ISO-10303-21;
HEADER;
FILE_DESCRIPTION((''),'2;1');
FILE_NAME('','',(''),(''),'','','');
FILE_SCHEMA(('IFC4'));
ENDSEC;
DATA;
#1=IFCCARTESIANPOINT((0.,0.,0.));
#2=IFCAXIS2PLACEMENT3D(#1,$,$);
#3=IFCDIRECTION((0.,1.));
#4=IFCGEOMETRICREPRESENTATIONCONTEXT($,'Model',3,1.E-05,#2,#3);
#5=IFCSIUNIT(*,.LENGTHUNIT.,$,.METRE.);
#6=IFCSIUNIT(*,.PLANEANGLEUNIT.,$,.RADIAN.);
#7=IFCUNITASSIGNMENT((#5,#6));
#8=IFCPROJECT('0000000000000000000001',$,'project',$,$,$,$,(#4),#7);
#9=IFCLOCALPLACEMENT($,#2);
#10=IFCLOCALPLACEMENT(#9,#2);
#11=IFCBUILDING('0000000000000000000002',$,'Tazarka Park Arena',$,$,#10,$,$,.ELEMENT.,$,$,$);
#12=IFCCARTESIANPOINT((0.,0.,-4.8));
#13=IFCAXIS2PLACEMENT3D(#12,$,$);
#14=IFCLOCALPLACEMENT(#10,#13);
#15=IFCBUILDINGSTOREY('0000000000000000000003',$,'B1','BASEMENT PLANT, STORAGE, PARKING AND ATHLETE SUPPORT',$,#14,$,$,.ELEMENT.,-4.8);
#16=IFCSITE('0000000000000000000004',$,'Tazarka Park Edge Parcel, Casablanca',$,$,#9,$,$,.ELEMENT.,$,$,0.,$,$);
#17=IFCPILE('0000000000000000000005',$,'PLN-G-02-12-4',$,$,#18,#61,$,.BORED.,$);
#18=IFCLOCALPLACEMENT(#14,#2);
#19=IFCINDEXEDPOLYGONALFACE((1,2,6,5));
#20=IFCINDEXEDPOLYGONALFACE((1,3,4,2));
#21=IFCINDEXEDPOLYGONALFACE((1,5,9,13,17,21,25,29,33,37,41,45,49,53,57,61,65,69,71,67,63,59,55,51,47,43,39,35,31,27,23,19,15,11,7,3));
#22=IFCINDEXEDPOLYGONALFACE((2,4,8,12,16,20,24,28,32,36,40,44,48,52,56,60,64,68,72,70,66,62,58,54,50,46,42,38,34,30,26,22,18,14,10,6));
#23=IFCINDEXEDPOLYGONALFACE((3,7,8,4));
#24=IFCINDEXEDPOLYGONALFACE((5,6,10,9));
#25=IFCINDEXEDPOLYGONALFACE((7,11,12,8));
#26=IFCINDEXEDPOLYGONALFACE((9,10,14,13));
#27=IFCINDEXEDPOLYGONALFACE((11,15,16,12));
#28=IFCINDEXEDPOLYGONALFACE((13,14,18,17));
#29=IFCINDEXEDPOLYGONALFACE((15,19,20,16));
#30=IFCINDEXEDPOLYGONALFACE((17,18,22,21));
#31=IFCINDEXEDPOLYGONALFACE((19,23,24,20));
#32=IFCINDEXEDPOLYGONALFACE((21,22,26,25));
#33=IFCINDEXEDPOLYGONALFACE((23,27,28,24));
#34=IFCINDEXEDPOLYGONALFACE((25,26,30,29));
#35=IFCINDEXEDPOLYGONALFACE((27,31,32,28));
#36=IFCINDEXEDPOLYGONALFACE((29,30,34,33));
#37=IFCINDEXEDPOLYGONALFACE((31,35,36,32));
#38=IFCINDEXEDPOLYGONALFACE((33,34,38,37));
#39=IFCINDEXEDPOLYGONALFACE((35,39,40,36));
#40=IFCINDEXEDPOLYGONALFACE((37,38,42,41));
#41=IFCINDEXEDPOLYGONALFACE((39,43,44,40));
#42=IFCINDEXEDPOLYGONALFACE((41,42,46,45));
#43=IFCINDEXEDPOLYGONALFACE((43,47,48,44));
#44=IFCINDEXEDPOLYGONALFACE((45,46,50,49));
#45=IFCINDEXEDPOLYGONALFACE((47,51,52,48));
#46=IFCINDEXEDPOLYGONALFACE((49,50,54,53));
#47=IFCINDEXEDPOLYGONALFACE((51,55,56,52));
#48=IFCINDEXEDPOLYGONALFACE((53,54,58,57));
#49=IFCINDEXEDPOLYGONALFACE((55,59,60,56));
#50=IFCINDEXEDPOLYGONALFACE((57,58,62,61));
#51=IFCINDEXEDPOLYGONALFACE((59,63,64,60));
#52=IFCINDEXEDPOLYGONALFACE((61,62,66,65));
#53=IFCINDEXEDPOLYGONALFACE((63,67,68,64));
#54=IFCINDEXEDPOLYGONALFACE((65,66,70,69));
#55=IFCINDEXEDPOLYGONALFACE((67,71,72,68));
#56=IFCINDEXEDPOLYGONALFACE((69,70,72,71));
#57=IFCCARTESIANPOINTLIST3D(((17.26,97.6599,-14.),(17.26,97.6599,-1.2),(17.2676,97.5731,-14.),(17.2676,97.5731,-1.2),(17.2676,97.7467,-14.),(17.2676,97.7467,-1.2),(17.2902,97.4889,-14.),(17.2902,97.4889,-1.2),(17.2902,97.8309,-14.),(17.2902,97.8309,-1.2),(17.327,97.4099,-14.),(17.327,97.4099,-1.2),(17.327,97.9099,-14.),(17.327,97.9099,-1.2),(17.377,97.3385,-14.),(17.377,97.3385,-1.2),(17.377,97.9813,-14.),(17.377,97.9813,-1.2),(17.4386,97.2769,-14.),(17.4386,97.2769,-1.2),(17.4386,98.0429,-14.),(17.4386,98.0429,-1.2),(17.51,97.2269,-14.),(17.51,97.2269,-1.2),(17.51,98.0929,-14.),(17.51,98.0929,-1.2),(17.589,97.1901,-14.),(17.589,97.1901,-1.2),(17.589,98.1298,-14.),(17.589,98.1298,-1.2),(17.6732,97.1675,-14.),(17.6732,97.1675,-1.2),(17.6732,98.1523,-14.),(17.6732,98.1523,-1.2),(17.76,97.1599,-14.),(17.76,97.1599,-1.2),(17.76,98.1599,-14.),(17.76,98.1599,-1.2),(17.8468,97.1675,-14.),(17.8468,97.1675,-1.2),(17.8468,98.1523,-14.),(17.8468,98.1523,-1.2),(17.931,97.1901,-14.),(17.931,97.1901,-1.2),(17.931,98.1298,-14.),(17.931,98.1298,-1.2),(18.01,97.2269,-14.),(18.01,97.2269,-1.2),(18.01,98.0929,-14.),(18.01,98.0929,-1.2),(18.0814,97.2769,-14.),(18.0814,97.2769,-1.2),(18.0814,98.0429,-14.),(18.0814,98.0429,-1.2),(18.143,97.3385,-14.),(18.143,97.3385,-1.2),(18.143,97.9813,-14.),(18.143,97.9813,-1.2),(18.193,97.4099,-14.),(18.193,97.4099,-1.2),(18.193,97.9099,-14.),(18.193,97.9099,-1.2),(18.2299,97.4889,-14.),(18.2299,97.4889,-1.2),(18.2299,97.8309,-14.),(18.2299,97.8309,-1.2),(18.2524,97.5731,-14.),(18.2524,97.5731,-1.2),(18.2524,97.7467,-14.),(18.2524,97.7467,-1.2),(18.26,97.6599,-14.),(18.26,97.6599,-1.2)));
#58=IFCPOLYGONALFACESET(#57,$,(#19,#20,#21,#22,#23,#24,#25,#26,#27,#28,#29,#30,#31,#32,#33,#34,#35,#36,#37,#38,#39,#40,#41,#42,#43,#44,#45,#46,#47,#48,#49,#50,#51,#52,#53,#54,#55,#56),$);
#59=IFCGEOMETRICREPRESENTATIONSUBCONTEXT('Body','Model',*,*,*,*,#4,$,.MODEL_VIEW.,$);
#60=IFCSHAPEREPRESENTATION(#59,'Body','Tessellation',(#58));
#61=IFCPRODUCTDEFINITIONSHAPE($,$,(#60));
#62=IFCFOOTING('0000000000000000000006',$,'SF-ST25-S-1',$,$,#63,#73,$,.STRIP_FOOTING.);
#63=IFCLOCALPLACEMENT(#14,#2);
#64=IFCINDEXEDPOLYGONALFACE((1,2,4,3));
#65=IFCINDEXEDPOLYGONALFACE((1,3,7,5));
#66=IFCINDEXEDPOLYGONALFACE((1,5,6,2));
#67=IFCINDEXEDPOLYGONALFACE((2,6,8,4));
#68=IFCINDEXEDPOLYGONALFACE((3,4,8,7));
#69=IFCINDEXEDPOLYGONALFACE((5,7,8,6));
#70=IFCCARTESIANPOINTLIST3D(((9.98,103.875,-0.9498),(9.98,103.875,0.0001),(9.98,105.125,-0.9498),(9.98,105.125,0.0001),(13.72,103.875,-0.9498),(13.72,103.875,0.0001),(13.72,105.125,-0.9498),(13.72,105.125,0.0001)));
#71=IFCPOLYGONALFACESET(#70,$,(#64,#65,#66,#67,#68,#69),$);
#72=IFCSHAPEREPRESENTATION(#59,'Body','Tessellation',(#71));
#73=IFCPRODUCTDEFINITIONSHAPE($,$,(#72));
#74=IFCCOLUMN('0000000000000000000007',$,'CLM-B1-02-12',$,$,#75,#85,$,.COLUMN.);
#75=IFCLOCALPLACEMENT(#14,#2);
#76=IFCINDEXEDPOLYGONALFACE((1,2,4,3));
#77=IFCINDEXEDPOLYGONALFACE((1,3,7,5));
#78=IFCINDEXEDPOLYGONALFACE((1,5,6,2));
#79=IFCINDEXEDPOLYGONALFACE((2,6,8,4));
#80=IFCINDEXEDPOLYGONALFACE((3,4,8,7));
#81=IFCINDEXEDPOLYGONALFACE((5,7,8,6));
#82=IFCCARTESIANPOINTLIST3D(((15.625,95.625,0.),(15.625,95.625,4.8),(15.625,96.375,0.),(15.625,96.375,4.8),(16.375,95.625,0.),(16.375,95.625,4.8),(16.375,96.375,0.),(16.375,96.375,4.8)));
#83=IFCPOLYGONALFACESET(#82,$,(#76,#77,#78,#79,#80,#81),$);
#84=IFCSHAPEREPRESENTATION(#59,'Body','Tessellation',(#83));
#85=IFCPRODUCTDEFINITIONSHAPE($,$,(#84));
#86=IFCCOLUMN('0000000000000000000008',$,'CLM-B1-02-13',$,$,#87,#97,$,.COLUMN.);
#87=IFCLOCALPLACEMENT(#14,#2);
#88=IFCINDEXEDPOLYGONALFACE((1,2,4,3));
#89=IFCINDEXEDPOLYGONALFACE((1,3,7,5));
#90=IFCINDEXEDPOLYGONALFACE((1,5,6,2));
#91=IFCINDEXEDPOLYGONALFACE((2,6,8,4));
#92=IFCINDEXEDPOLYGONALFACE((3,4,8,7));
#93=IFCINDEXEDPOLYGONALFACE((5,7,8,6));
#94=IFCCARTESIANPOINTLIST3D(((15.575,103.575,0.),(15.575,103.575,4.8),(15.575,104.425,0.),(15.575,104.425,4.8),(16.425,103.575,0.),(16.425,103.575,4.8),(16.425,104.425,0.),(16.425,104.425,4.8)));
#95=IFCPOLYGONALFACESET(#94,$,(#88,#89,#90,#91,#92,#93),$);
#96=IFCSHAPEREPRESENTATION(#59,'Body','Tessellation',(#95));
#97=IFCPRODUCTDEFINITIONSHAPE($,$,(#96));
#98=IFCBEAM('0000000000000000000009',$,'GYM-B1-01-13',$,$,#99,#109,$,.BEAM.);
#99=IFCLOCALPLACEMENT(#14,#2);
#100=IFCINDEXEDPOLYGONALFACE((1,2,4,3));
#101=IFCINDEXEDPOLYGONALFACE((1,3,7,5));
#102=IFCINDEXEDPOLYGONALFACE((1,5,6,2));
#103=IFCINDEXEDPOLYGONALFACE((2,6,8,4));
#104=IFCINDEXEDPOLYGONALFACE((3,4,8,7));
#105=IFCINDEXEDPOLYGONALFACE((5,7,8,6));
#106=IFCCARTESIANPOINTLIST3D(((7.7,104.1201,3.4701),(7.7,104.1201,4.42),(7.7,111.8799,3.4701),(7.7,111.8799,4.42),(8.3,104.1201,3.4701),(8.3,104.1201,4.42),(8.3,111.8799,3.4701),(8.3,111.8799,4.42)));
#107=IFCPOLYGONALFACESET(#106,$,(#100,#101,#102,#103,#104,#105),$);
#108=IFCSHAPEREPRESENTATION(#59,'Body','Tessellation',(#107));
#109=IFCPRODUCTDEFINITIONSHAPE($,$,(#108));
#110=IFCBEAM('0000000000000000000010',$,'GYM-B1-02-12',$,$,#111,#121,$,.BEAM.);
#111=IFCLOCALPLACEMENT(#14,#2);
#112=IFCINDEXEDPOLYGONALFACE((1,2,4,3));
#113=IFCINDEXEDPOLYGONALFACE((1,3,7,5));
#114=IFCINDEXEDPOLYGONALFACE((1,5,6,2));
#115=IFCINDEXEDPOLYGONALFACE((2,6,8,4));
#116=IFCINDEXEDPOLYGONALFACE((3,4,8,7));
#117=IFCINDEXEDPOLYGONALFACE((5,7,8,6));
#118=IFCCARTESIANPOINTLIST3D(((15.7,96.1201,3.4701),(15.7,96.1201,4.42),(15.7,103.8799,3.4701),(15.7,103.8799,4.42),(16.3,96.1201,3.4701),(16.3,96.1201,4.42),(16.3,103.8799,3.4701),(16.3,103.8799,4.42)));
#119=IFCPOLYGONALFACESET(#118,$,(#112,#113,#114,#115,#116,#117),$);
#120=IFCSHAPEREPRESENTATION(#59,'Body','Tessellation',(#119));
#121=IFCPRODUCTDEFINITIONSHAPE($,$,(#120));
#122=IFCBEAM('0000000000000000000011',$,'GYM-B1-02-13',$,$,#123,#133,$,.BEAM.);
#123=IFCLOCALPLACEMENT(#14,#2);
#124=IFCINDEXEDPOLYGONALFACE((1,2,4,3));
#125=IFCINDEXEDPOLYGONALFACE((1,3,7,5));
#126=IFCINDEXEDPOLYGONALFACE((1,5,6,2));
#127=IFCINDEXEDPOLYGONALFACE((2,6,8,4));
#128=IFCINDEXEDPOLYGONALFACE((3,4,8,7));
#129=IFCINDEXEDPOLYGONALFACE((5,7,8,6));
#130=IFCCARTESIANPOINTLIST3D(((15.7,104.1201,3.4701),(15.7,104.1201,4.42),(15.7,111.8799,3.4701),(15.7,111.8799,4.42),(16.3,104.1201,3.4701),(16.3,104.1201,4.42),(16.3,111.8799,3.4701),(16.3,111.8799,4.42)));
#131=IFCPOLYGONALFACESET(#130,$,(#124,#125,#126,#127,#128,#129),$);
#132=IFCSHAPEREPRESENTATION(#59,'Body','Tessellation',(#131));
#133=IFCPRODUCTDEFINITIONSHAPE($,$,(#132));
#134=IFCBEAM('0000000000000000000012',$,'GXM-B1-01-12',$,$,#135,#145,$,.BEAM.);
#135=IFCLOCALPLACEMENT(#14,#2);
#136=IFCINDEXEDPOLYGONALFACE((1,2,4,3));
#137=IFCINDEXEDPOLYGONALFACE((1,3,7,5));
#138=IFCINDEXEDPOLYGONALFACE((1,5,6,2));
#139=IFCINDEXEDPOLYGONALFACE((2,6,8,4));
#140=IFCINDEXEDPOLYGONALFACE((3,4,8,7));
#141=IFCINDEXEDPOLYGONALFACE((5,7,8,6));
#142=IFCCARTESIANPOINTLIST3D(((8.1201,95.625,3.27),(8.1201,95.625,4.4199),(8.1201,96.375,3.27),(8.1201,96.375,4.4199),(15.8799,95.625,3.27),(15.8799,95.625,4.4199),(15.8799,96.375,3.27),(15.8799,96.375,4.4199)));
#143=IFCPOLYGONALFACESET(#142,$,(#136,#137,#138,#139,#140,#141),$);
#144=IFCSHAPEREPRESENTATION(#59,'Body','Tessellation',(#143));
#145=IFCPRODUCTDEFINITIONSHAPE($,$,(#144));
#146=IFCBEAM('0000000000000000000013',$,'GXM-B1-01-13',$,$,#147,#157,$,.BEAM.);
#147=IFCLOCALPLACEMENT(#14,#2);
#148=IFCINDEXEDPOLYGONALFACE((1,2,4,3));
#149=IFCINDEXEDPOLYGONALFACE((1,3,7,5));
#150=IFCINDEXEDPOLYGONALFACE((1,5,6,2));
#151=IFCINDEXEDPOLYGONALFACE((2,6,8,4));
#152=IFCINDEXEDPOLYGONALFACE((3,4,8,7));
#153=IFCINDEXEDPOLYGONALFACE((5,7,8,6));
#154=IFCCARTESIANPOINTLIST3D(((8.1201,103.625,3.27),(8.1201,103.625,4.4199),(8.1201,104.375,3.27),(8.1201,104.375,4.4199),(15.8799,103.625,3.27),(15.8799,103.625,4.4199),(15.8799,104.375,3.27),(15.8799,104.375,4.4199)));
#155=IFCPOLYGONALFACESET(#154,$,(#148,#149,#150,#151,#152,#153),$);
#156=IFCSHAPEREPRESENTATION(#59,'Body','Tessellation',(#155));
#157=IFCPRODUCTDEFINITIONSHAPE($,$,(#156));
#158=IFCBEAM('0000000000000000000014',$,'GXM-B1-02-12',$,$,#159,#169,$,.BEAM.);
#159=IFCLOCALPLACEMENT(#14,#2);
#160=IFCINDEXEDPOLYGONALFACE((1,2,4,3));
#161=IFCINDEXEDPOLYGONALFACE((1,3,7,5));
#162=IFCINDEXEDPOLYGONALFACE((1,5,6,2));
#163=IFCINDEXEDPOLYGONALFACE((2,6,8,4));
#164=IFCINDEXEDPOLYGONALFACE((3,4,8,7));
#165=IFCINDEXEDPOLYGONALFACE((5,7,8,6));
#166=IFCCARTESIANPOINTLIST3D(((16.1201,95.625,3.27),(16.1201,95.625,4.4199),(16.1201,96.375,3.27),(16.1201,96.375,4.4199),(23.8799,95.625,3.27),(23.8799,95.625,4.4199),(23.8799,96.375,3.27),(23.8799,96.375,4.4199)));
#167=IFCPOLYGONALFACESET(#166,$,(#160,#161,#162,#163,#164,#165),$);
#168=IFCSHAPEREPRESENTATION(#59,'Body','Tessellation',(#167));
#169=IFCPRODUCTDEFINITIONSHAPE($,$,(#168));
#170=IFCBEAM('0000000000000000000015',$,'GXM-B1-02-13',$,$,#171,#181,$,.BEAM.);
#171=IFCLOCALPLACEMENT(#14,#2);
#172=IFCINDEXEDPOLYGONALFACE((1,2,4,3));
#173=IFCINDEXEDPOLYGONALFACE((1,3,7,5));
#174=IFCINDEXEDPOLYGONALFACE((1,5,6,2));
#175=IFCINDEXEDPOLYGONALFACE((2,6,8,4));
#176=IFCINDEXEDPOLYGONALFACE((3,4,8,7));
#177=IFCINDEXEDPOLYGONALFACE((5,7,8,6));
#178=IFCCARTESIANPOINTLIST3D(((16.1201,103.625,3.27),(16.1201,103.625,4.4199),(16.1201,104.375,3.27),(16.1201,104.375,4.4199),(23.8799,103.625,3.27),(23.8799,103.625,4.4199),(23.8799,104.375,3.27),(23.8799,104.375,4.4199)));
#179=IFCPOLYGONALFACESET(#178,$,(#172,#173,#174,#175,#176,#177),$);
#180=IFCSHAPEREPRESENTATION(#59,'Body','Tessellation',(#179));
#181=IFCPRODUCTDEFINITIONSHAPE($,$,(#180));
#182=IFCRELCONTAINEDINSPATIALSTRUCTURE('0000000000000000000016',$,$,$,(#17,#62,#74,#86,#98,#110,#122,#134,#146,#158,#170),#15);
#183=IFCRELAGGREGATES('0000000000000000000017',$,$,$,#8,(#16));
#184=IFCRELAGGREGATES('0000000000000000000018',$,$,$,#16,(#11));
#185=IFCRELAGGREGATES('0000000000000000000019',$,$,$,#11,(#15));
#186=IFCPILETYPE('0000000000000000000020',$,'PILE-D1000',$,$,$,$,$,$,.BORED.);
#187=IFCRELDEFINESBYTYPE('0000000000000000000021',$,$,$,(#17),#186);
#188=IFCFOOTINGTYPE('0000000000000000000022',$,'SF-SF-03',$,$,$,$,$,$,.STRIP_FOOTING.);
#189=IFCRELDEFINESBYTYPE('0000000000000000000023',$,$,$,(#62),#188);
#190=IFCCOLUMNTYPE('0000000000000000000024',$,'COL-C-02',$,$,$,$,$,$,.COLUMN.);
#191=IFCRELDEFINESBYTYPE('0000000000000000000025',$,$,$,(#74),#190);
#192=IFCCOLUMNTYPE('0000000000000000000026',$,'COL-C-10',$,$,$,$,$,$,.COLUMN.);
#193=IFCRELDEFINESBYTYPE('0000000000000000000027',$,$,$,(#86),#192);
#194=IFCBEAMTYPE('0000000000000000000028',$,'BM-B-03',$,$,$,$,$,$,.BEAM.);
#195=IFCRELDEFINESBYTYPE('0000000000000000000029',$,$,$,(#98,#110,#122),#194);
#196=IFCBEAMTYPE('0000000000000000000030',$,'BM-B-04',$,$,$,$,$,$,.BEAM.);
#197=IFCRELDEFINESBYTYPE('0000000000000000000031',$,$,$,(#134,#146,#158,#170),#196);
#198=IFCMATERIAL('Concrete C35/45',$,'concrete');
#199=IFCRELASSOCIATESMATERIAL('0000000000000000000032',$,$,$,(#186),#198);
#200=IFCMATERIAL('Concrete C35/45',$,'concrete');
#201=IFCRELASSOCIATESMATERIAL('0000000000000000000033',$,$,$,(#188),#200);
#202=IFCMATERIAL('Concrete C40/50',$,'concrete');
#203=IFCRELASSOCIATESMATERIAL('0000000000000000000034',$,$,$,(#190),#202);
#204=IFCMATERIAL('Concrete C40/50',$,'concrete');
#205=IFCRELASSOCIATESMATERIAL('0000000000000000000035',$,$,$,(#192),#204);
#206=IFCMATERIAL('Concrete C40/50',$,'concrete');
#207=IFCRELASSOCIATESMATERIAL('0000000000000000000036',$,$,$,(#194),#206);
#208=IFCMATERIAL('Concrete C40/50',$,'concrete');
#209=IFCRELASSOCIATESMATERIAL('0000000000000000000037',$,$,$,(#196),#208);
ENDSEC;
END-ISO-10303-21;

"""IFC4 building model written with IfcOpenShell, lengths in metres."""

from ifc_helpers import new_model, si_unit, direction, frame, origin, origin_2d, place, context, subcontext, project, spatial, rectangle, circle, extrude, material, material_profile, profile_set, type_object, element, save


model = new_model("IFC4")

# Units and contexts
model_context = context("Model", 3, precision=1e-05, world=origin(), true_north=direction((0.0, 1.0)))
body_context = subcontext(model_context, "Body", "Model", "MODEL_VIEW")
ifc_project = project(units=[si_unit("LENGTHUNIT", "METRE"), si_unit("PLANEANGLEUNIT", "RADIAN")], contexts=[model_context])

# Site, building, storey
site_placement = place(None, origin())
site = spatial("IfcSite", under=ifc_project, at=site_placement, Name="Tazarka Park Edge Parcel, Casablanca", CompositionType="ELEMENT", RefElevation=0.0)
building_placement = place(site_placement, origin())
building = spatial("IfcBuilding", under=site, at=building_placement, Name="Tazarka Park Arena", CompositionType="ELEMENT")
storey_placement = place(building_placement, frame((0.0, 0.0, -4.8)))
storey = spatial("IfcBuildingStorey", under=building, at=storey_placement, Name="B1", Description="BASEMENT PLANT, STORAGE, PARKING AND ATHLETE SUPPORT", CompositionType="ELEMENT", Elevation=-4.8)

# Pile
ifc_material_1 = material(Name="Concrete C35/45", Category="concrete")
ifc_material_profile_1 = material_profile(ifc_material_1, circle(Radius=0.5, at=origin_2d()), Name="Concrete C35/45")
ifc_profile_set_1 = profile_set([ifc_material_profile_1], Name="Concrete C35/45")
pile_type = type_object("IfcPileType", Name="PILE-D1000", PredefinedType="BORED", material=ifc_profile_set_1)
for number, where, z_axis, x_axis, name in (
    (1, (17.76, 97.6599, -1.2), (0.0, 0.0, -1.0), (1.0, 0.0, 0.0), "PLN-G-02-12-4"),
):
    element("IfcPile", number, at=place(storey_placement, frame(where, z_axis=z_axis, x_axis=x_axis)), inside=storey, type_object=pile_type, Name=name, PredefinedType="BORED", context=body_context, shape_type="SweptSolid", body=[
        extrude(circle(Radius=0.5, at=origin_2d()), origin(), (0.0, 0.0, 1.0), 12.8),
    ])

# Footing
ifc_material_2 = material(Name="Concrete C35/45", Category="concrete")
ifc_material_profile_2 = material_profile(ifc_material_2, rectangle(XDim=1.25, YDim=0.95, at=origin_2d()), Name="Concrete C35/45")
ifc_profile_set_2 = profile_set([ifc_material_profile_2], Name="Concrete C35/45")
footing_type_1 = type_object("IfcFootingType", Name="SF-SF-03", PredefinedType="STRIP_FOOTING", material=ifc_profile_set_2)
footing_1_placement = place(storey_placement, frame((13.72, 104.5, -0.4749), z_axis=(-1.0, 0.0, 0.0), x_axis=(0.0, -1.0, 0.0)))
element("IfcFooting", 2, at=footing_1_placement, inside=storey, type_object=footing_type_1, Name="SF-ST25-S-1", PredefinedType="STRIP_FOOTING", context=body_context, shape_type="SweptSolid", body=[
    extrude(rectangle(XDim=1.25, YDim=0.95, at=origin_2d()), origin(), (0.0, 0.0, 1.0), 3.74),
])

# Columns
ifc_material_3 = material(Name="Concrete C40/50", Category="concrete")
ifc_material_profile_3 = material_profile(ifc_material_3, rectangle(XDim=0.75, YDim=0.75, at=origin_2d()), Name="Concrete C40/50")
ifc_profile_set_3 = profile_set([ifc_material_profile_3], Name="Concrete C40/50")
column_type_1 = type_object("IfcColumnType", Name="COL-C-02", PredefinedType="COLUMN", material=ifc_profile_set_3)
column_1_placement = place(storey_placement, frame((16.0, 96.0, 0.0), z_axis=(0.0, 0.0, 1.0), x_axis=(1.0, 0.0, 0.0)))
element("IfcColumn", 3, at=column_1_placement, inside=storey, type_object=column_type_1, Name="CLM-B1-02-12", PredefinedType="COLUMN", context=body_context, shape_type="SweptSolid", body=[
    extrude(rectangle(XDim=0.75, YDim=0.75, at=origin_2d()), origin(), (0.0, 0.0, 1.0), 4.8),
])
ifc_material_4 = material(Name="Concrete C40/50", Category="concrete")
ifc_material_profile_4 = material_profile(ifc_material_4, rectangle(XDim=0.8501, YDim=0.8501, at=origin_2d()), Name="Concrete C40/50")
ifc_profile_set_4 = profile_set([ifc_material_profile_4], Name="Concrete C40/50")
column_type_2 = type_object("IfcColumnType", Name="COL-C-10", PredefinedType="COLUMN", material=ifc_profile_set_4)
column_2_placement = place(storey_placement, frame((16.0, 104.0, 0.0), z_axis=(0.0, 0.0, 1.0), x_axis=(1.0, 0.0, 0.0)))
element("IfcColumn", 4, at=column_2_placement, inside=storey, type_object=column_type_2, Name="CLM-B1-02-13", PredefinedType="COLUMN", context=body_context, shape_type="SweptSolid", body=[
    extrude(rectangle(XDim=0.8501, YDim=0.8501, at=origin_2d()), origin(), (0.0, 0.0, 1.0), 4.8),
])

# Beams
ifc_material_5 = material(Name="Concrete C40/50", Category="concrete")
ifc_material_profile_5 = material_profile(ifc_material_5, rectangle(XDim=0.6001, YDim=0.95, at=origin_2d()), Name="Concrete C40/50")
ifc_profile_set_5 = profile_set([ifc_material_profile_5], Name="Concrete C40/50")
beam_type_1 = type_object("IfcBeamType", Name="BM-B-03", PredefinedType="BEAM", material=ifc_profile_set_5)
for number, where, z_axis, x_axis, name in (
    (5, (8.0, 104.1201, 3.9451), (0.0, 1.0, 0.0), (-1.0, 0.0, 0.0), "GYM-B1-01-13"),
    (6, (16.0, 96.1201, 3.9451), (0.0, 1.0, 0.0), (-1.0, 0.0, 0.0), "GYM-B1-02-12"),
    (7, (16.0, 104.1201, 3.9451), (0.0, 1.0, 0.0), (-1.0, 0.0, 0.0), "GYM-B1-02-13"),
):
    element("IfcBeam", number, at=place(storey_placement, frame(where, z_axis=z_axis, x_axis=x_axis)), inside=storey, type_object=beam_type_1, Name=name, PredefinedType="BEAM", context=body_context, shape_type="SweptSolid", body=[
        extrude(rectangle(XDim=0.6001, YDim=0.95, at=origin_2d()), origin(), (0.0, 0.0, 1.0), 7.7598),
    ])
ifc_material_6 = material(Name="Concrete C40/50", Category="concrete")
ifc_material_profile_6 = material_profile(ifc_material_6, rectangle(XDim=0.75, YDim=1.1499, at=origin_2d()), Name="Concrete C40/50")
ifc_profile_set_6 = profile_set([ifc_material_profile_6], Name="Concrete C40/50")
beam_type_2 = type_object("IfcBeamType", Name="BM-B-04", PredefinedType="BEAM", material=ifc_profile_set_6)
for number, where, z_axis, x_axis, name in (
    (8, (8.1201, 96.0, 3.845), (1.0, 0.0, 0.0), (0.0, 1.0, 0.0), "GXM-B1-01-12"),
    (9, (8.1201, 104.0, 3.845), (1.0, 0.0, 0.0), (0.0, 1.0, 0.0), "GXM-B1-01-13"),
    (10, (16.1201, 96.0, 3.845), (1.0, 0.0, 0.0), (0.0, 1.0, 0.0), "GXM-B1-02-12"),
    (11, (16.1201, 104.0, 3.845), (1.0, 0.0, 0.0), (0.0, 1.0, 0.0), "GXM-B1-02-13"),
):
    element("IfcBeam", number, at=place(storey_placement, frame(where, z_axis=z_axis, x_axis=x_axis)), inside=storey, type_object=beam_type_2, Name=name, PredefinedType="BEAM", context=body_context, shape_type="SweptSolid", body=[
        extrude(rectangle(XDim=0.75, YDim=1.1499, at=origin_2d()), origin(), (0.0, 0.0, 1.0), 7.7598),
    ])

save(model, "model.ifc")
